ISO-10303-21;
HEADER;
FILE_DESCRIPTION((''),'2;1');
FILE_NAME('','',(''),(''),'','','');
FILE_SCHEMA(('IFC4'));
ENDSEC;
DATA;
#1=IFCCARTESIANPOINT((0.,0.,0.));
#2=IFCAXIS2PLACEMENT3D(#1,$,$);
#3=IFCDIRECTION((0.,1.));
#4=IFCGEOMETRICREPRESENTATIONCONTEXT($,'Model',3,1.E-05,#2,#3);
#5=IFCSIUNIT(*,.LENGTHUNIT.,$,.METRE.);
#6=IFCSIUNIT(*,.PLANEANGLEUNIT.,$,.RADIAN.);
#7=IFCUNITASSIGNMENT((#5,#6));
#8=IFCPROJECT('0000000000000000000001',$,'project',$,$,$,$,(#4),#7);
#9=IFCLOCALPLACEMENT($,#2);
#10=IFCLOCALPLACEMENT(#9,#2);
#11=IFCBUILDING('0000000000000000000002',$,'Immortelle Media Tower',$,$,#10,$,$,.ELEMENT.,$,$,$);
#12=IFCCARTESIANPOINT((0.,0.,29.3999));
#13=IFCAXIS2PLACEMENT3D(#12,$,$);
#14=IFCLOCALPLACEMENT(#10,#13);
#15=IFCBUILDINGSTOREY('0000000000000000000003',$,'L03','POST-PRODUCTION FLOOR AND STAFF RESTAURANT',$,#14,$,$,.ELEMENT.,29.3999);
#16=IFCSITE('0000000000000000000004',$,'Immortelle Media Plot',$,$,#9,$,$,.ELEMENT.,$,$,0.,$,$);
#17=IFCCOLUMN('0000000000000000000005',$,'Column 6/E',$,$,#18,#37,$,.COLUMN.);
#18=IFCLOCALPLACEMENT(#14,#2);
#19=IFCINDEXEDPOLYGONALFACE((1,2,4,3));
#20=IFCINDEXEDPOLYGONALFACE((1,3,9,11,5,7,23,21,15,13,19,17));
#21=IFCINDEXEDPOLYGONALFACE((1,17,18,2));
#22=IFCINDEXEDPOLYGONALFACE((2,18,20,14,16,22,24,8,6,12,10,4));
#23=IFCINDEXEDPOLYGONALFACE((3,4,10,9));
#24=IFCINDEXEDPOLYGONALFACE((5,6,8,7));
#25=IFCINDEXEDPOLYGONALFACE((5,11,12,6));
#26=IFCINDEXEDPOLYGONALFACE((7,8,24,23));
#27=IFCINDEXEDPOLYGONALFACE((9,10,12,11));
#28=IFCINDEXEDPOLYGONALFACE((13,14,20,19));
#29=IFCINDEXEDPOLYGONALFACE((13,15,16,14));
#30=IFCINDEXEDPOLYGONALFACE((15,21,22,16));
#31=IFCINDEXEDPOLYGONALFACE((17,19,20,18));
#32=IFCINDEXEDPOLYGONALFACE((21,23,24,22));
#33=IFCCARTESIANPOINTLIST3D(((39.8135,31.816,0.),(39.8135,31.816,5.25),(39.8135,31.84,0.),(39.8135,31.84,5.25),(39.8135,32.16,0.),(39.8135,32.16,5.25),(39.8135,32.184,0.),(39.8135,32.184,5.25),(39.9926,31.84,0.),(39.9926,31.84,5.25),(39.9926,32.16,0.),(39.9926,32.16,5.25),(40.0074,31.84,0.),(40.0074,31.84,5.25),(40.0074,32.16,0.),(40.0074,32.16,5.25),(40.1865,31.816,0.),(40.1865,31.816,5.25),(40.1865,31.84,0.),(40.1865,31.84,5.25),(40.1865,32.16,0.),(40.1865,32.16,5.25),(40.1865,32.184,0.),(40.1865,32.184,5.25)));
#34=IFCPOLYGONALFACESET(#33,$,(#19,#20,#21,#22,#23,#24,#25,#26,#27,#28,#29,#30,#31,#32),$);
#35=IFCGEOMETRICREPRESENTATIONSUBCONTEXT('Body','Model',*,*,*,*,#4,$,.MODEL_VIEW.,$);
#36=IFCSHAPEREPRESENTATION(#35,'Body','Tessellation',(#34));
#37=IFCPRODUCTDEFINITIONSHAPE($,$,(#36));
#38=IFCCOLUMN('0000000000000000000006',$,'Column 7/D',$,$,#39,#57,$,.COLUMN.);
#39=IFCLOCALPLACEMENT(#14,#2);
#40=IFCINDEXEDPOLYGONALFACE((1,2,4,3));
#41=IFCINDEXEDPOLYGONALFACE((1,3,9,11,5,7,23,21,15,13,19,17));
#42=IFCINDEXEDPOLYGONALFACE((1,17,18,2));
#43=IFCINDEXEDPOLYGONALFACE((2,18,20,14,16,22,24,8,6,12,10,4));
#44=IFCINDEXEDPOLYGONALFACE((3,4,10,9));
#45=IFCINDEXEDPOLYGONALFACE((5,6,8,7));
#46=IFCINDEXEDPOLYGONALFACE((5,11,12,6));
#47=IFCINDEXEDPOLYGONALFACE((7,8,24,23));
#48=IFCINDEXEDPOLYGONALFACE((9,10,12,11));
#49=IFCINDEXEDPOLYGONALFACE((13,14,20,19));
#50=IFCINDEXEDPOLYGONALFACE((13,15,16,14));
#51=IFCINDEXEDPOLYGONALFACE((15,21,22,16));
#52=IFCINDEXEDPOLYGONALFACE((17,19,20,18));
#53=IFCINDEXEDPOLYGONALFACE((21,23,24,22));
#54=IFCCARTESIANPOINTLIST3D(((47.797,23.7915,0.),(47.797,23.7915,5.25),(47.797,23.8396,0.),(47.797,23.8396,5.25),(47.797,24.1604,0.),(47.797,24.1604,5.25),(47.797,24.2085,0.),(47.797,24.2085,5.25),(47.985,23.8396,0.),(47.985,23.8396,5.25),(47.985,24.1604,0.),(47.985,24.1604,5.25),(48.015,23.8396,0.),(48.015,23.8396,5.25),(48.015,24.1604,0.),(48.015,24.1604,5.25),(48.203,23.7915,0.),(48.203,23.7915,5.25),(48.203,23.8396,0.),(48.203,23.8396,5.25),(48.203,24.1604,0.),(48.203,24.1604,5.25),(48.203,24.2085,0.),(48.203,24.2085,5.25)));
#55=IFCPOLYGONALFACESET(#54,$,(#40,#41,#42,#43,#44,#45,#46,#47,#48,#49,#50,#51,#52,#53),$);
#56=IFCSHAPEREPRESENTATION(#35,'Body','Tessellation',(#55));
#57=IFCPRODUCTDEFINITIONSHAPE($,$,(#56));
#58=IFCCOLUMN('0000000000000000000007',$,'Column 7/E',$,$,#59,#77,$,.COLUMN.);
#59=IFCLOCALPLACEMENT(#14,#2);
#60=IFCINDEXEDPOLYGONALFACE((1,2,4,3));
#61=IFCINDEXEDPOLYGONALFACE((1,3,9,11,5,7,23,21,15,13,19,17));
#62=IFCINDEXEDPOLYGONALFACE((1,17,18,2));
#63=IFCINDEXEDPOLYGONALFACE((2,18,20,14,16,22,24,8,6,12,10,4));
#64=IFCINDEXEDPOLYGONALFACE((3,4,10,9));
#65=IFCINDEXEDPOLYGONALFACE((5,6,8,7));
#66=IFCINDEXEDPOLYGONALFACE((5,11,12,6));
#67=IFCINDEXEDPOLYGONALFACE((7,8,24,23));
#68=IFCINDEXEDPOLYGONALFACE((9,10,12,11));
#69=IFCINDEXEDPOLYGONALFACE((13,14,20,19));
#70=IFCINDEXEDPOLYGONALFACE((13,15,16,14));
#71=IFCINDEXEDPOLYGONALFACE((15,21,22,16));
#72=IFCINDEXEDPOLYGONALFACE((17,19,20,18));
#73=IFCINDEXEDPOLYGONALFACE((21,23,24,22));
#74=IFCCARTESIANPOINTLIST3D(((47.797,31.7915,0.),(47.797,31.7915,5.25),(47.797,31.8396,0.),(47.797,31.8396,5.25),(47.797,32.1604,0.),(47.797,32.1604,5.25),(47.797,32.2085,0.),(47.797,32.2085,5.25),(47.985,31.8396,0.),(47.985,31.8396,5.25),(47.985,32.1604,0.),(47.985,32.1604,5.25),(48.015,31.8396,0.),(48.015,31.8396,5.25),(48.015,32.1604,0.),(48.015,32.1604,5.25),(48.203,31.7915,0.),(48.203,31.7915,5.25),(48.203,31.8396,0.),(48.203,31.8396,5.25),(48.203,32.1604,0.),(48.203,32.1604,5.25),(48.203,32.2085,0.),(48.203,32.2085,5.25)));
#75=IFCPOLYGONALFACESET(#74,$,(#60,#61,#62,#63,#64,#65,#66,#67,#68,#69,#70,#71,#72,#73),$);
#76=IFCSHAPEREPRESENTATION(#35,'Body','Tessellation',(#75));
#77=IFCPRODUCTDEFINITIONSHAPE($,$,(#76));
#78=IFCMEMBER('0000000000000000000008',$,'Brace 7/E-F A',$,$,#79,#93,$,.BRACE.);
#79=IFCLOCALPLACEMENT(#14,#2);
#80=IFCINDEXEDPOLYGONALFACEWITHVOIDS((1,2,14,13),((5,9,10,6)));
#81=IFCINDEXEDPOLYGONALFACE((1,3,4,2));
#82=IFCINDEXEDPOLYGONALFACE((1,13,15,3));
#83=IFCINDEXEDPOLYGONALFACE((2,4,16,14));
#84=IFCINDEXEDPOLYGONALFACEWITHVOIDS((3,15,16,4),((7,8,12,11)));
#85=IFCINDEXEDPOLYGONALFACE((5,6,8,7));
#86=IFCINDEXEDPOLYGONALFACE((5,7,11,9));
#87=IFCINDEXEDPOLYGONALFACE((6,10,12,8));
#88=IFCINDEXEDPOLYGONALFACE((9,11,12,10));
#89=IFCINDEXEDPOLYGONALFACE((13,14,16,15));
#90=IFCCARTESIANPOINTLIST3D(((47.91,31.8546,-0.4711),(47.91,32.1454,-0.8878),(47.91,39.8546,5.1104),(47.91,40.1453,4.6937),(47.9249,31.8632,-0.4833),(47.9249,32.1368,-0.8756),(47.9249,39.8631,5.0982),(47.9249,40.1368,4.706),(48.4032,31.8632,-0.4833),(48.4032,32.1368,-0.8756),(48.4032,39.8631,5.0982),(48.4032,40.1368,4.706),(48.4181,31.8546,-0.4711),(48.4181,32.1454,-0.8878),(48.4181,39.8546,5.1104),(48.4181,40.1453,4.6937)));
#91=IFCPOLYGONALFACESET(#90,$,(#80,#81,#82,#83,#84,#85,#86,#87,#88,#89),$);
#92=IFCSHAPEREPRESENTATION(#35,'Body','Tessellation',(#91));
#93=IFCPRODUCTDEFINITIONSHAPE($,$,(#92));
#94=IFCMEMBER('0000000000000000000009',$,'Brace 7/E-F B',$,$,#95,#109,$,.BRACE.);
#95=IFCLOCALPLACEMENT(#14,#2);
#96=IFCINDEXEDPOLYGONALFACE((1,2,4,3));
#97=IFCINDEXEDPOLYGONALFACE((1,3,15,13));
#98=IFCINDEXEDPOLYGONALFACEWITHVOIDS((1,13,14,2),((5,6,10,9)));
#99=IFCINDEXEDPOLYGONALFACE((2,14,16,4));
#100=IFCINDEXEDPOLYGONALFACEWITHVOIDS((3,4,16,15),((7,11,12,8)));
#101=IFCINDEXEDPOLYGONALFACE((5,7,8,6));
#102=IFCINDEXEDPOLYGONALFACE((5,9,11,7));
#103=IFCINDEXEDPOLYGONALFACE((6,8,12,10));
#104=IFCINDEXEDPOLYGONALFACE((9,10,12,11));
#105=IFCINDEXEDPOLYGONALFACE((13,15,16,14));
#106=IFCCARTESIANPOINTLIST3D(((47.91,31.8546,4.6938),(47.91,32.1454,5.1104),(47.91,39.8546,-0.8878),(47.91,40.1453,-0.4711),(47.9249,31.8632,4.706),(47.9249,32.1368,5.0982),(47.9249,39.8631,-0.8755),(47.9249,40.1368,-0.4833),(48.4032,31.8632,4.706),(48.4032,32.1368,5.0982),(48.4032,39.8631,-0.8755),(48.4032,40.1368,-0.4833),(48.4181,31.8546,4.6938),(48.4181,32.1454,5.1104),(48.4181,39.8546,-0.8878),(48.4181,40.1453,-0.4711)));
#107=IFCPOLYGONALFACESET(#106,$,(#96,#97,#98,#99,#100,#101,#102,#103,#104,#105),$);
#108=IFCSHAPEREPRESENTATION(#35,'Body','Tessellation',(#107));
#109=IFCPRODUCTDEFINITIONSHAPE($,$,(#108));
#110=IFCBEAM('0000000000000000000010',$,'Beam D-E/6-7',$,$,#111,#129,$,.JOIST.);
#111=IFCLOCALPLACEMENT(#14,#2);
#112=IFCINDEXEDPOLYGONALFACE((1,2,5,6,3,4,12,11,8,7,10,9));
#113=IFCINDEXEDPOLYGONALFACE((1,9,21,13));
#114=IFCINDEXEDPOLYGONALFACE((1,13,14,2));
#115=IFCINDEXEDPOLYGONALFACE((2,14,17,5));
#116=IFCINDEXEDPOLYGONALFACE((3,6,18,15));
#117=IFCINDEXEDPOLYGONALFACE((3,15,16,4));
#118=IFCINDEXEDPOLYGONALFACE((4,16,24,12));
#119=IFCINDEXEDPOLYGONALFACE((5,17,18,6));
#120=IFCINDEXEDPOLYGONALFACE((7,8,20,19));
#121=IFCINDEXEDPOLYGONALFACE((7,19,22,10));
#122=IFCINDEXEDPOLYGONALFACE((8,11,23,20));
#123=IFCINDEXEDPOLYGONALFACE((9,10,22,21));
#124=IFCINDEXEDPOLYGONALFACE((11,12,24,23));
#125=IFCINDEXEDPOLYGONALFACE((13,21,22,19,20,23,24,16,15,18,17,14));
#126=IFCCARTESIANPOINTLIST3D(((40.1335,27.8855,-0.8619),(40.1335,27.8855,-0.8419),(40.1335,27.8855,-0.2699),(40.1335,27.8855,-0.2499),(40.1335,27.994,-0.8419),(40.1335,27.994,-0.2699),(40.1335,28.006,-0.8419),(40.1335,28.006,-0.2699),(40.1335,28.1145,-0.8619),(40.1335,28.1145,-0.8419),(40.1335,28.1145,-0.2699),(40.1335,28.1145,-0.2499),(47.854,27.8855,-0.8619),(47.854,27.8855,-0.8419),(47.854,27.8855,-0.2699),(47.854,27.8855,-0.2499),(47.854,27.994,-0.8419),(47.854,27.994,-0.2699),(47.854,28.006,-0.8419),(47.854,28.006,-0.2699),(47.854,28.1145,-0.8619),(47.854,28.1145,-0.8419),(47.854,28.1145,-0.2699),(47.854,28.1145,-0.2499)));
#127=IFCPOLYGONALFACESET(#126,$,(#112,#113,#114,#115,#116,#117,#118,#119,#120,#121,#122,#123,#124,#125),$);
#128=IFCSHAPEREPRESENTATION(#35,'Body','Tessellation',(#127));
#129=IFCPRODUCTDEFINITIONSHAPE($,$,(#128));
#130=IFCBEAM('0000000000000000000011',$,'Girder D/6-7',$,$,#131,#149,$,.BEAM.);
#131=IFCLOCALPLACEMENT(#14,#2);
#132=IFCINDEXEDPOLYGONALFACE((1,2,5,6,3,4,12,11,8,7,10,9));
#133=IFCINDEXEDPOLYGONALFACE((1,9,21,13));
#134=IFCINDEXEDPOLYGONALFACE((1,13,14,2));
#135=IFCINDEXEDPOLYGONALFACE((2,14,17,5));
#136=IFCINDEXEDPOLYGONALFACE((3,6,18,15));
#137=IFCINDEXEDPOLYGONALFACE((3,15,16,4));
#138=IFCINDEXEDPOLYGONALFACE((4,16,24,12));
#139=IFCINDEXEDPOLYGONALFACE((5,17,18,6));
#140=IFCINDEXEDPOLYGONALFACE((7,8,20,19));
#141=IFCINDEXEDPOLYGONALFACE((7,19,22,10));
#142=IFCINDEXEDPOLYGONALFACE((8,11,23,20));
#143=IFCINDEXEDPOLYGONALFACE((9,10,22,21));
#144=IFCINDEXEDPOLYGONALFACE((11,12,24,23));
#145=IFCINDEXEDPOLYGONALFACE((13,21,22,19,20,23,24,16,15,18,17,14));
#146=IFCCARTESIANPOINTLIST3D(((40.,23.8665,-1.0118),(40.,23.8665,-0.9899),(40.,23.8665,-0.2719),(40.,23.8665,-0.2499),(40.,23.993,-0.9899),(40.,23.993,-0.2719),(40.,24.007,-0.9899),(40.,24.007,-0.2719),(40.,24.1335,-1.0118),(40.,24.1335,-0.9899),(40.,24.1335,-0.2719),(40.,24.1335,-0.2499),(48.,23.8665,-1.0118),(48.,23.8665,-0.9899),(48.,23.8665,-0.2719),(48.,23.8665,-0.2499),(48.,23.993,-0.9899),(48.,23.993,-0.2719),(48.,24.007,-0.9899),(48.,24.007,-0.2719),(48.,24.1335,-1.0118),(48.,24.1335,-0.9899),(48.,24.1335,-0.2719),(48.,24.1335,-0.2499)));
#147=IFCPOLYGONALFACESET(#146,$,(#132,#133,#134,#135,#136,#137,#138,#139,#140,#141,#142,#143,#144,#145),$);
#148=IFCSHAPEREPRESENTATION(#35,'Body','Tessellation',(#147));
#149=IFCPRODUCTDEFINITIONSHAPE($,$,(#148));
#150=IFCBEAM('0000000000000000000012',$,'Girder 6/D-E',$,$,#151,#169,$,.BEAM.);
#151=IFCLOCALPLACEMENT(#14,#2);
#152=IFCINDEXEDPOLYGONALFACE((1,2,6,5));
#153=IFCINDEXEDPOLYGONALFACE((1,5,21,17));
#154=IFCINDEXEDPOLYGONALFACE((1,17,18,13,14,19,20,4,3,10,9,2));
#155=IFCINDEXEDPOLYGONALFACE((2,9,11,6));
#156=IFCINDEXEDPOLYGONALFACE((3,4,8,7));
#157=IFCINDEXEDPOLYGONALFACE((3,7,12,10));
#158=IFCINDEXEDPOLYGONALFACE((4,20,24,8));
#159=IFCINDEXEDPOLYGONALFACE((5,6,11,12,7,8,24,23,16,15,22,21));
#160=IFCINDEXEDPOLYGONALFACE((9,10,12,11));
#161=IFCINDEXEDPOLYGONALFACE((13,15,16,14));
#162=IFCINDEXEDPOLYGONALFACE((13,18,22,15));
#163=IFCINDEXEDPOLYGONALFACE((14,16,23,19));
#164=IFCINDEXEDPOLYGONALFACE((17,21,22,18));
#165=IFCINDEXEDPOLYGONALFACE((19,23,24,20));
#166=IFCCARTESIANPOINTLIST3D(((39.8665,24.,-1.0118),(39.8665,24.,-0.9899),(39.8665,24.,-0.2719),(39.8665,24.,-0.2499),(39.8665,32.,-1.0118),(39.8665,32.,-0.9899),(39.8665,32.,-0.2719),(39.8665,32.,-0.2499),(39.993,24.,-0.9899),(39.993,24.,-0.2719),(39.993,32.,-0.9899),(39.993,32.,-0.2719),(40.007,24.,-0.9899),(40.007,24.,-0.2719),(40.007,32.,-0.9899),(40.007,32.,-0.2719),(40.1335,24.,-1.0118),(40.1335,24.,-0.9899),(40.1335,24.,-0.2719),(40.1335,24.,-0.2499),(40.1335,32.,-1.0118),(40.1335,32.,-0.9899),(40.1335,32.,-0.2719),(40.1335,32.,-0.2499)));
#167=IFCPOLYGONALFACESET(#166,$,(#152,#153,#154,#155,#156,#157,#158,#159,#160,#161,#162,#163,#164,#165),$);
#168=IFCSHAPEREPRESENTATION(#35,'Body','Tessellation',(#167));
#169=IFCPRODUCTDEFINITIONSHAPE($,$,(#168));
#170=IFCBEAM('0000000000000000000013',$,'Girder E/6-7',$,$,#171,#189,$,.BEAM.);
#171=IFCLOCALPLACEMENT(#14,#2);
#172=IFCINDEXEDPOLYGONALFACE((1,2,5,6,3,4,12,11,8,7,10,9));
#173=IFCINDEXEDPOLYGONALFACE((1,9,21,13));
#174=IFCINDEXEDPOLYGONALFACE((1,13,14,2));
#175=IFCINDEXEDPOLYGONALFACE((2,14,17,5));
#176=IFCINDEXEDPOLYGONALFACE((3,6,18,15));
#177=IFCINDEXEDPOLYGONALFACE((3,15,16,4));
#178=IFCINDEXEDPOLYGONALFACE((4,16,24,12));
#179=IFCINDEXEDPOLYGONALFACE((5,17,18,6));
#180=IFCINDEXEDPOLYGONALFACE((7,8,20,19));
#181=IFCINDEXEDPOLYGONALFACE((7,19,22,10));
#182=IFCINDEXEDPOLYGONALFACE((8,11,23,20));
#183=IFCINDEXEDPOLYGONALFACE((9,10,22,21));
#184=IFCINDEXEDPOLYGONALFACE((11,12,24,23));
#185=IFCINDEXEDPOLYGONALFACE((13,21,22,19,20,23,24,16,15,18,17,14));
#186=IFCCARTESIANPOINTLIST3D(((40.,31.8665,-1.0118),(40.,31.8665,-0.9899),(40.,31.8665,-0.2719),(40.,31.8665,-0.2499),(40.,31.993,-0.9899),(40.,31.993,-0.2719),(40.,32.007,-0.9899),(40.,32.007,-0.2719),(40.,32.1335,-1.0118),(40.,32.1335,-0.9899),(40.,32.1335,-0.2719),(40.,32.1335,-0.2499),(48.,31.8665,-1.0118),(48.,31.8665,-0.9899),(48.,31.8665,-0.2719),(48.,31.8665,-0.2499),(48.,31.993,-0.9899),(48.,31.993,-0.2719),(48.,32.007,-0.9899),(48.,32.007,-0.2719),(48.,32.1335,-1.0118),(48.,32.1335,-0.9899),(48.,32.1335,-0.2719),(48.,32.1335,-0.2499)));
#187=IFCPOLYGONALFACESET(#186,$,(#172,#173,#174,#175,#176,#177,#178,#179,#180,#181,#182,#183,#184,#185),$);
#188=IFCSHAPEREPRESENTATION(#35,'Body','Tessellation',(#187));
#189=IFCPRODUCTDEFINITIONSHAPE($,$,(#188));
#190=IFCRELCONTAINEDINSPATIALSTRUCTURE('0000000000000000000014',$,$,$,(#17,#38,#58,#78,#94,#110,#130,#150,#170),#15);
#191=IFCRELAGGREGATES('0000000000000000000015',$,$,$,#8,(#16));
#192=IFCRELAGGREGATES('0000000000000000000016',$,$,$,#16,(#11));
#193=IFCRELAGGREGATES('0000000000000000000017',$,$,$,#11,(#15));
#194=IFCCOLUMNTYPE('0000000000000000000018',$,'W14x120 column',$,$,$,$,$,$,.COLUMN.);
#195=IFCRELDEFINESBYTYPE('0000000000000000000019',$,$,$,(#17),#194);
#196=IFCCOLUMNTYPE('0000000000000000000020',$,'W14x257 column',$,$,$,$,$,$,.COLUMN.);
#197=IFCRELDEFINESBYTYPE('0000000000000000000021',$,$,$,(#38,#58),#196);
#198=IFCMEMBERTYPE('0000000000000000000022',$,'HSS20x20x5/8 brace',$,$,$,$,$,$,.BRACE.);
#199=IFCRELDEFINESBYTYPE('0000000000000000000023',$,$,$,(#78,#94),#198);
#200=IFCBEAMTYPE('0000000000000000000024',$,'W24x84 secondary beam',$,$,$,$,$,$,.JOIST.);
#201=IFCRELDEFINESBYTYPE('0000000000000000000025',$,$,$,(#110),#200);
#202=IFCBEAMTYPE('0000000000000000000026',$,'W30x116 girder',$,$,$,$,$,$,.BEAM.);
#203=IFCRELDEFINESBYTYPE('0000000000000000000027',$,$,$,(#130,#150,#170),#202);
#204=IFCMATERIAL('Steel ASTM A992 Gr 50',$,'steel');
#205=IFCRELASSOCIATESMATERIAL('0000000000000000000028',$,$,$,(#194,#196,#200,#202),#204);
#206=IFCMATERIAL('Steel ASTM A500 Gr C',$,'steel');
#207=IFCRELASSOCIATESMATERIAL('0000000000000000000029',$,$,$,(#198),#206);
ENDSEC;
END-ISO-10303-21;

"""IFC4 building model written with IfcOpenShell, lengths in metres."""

from ifc_helpers import new_model, si_unit, direction, frame, origin, origin_2d, place, context, subcontext, project, spatial, hollow_rectangle, i_section, extrude, material, material_profile, profile_set, type_object, element, save


model = new_model("IFC4")

# Units and contexts
model_context = context("Model", 3, precision=1e-05, world=origin(), true_north=direction((0.0, 1.0)))
body_context = subcontext(model_context, "Body", "Model", "MODEL_VIEW")
ifc_project = project(units=[si_unit("LENGTHUNIT", "METRE"), si_unit("PLANEANGLEUNIT", "RADIAN")], contexts=[model_context])

# Site, building, storey
site_placement = place(None, origin())
site = spatial("IfcSite", under=ifc_project, at=site_placement, Name="Immortelle Media Plot", CompositionType="ELEMENT", RefElevation=0.0)
building_placement = place(site_placement, origin())
building = spatial("IfcBuilding", under=site, at=building_placement, Name="Immortelle Media Tower", CompositionType="ELEMENT")
storey_placement = place(building_placement, frame((0.0, 0.0, 29.3999)))
storey = spatial("IfcBuildingStorey", under=building, at=storey_placement, Name="L03", Description="POST-PRODUCTION FLOOR AND STAFF RESTAURANT", CompositionType="ELEMENT", Elevation=29.3999)

# Columns
ifc_material_1 = material(Name="Steel ASTM A992 Gr 50", Category="steel")
ifc_material_profile_1 = material_profile(ifc_material_1, i_section(OverallWidth=0.373, OverallDepth=0.3679, WebThickness=0.0149, FlangeThickness=0.0239, at=origin_2d()), Name="W14x120")
ifc_profile_set_1 = profile_set([ifc_material_profile_1], Name="Steel ASTM A992 Gr 50")
column_type_1 = type_object("IfcColumnType", Name="W14x120 column", PredefinedType="COLUMN", material=ifc_profile_set_1)
column_placement = place(storey_placement, frame((40.0, 32.0, 0.0), z_axis=(0.0, 0.0, 1.0), x_axis=(1.0, 0.0, 0.0)))
element("IfcColumn", 1, at=column_placement, inside=storey, type_object=column_type_1, Name="Column 6/E", PredefinedType="COLUMN", context=body_context, shape_type="SweptSolid", body=[
    extrude(i_section(OverallWidth=0.373, OverallDepth=0.3679, WebThickness=0.0149, FlangeThickness=0.0239, at=origin_2d()), origin(), (0.0, 0.0, 1.0), 5.25),
])
ifc_material_profile_2 = material_profile(ifc_material_1, i_section(OverallWidth=0.406, OverallDepth=0.417, WebThickness=0.03, FlangeThickness=0.0481, at=origin_2d()), Name="W14x257")
ifc_profile_set_2 = profile_set([ifc_material_profile_2], Name="Steel ASTM A992 Gr 50")
column_type_2 = type_object("IfcColumnType", Name="W14x257 column", PredefinedType="COLUMN", material=ifc_profile_set_2)
for number, where, z_axis, x_axis, name in (
    (2, (48.0, 24.0, 0.0), (0.0, 0.0, 1.0), (1.0, 0.0, 0.0), "Column 7/D"),
    (3, (48.0, 32.0, 0.0), (0.0, 0.0, 1.0), (1.0, 0.0, 0.0), "Column 7/E"),
):
    element("IfcColumn", number, at=place(storey_placement, frame(where, z_axis=z_axis, x_axis=x_axis)), inside=storey, type_object=column_type_2, Name=name, PredefinedType="COLUMN", context=body_context, shape_type="SweptSolid", body=[
        extrude(i_section(OverallWidth=0.406, OverallDepth=0.417, WebThickness=0.03, FlangeThickness=0.0481, at=origin_2d()), origin(), (0.0, 0.0, 1.0), 5.25),
    ])

# Members
ifc_material_2 = material(Name="Steel ASTM A500 Gr C", Category="steel")
ifc_material_profile_3 = material_profile(ifc_material_2, hollow_rectangle(XDim=0.5081, YDim=0.5081, WallThickness=0.0149, at=origin_2d()), Name="HSS20x20x5/8 brace")
ifc_profile_set_3 = profile_set([ifc_material_profile_3], Name="Steel ASTM A500 Gr C")
member_type = type_object("IfcMemberType", Name="HSS20x20x5/8 brace", PredefinedType="BRACE", material=ifc_profile_set_3)
for number, where, z_axis, x_axis, name in (
    (4, (48.1641, 32.0, -0.6794), (0.0, 0.82012, 0.572192), (-1.0, 0.0, 0.0), "Brace 7/E-F A"),
    (5, (48.1641, 32.0, 4.9021), (0.0, 0.82012, -0.572192), (-1.0, 0.0, 0.0), "Brace 7/E-F B"),
):
    element("IfcMember", number, at=place(storey_placement, frame(where, z_axis=z_axis, x_axis=x_axis)), inside=storey, type_object=member_type, Name=name, PredefinedType="BRACE", context=body_context, shape_type="SweptSolid", body=[
        extrude(hollow_rectangle(XDim=0.5081, YDim=0.5081, WallThickness=0.0149, at=origin_2d()), origin(), (0.0, 0.0, 1.0), 9.7546),
    ])

# Beams
ifc_material_profile_4 = material_profile(ifc_material_1, i_section(OverallWidth=0.229, OverallDepth=0.6121, WebThickness=0.012, FlangeThickness=0.02, at=origin_2d()), Name="W24x84")
ifc_profile_set_4 = profile_set([ifc_material_profile_4], Name="Steel ASTM A992 Gr 50")
beam_type_1 = type_object("IfcBeamType", Name="W24x84 secondary beam", PredefinedType="JOIST", material=ifc_profile_set_4)
beam_placement = place(storey_placement, frame((40.1335, 28.0, -0.5559), z_axis=(1.0, 0.0, 0.0), x_axis=(0.0, 1.0, 0.0)))
element("IfcBeam", 6, at=beam_placement, inside=storey, type_object=beam_type_1, Name="Beam D-E/6-7", PredefinedType="JOIST", context=body_context, shape_type="SweptSolid", body=[
    extrude(i_section(OverallWidth=0.229, OverallDepth=0.6121, WebThickness=0.012, FlangeThickness=0.02, at=origin_2d()), origin(), (0.0, 0.0, 1.0), 7.7205),
])
ifc_material_profile_5 = material_profile(ifc_material_1, i_section(OverallWidth=0.2671, OverallDepth=0.762, WebThickness=0.0139, FlangeThickness=0.022, at=origin_2d()), Name="W30x116")
ifc_profile_set_5 = profile_set([ifc_material_profile_5], Name="Steel ASTM A992 Gr 50")
beam_type_2 = type_object("IfcBeamType", Name="W30x116 girder", PredefinedType="BEAM", material=ifc_profile_set_5)
for number, where, z_axis, x_axis, name in (
    (7, (40.0, 24.0, -0.6309), (1.0, 0.0, 0.0), (0.0, 1.0, 0.0), "Girder D/6-7"),
    (8, (40.0, 24.0, -0.6309), (0.0, 1.0, 0.0), (-1.0, 0.0, 0.0), "Girder 6/D-E"),
    (9, (40.0, 32.0, -0.6309), (1.0, 0.0, 0.0), (0.0, 1.0, 0.0), "Girder E/6-7"),
):
    element("IfcBeam", number, at=place(storey_placement, frame(where, z_axis=z_axis, x_axis=x_axis)), inside=storey, type_object=beam_type_2, Name=name, PredefinedType="BEAM", context=body_context, shape_type="SweptSolid", body=[
        extrude(i_section(OverallWidth=0.2671, OverallDepth=0.762, WebThickness=0.0139, FlangeThickness=0.022, at=origin_2d()), origin(), (0.0, 0.0, 1.0), 8.0),
    ])

save(model, "model.ifc")
